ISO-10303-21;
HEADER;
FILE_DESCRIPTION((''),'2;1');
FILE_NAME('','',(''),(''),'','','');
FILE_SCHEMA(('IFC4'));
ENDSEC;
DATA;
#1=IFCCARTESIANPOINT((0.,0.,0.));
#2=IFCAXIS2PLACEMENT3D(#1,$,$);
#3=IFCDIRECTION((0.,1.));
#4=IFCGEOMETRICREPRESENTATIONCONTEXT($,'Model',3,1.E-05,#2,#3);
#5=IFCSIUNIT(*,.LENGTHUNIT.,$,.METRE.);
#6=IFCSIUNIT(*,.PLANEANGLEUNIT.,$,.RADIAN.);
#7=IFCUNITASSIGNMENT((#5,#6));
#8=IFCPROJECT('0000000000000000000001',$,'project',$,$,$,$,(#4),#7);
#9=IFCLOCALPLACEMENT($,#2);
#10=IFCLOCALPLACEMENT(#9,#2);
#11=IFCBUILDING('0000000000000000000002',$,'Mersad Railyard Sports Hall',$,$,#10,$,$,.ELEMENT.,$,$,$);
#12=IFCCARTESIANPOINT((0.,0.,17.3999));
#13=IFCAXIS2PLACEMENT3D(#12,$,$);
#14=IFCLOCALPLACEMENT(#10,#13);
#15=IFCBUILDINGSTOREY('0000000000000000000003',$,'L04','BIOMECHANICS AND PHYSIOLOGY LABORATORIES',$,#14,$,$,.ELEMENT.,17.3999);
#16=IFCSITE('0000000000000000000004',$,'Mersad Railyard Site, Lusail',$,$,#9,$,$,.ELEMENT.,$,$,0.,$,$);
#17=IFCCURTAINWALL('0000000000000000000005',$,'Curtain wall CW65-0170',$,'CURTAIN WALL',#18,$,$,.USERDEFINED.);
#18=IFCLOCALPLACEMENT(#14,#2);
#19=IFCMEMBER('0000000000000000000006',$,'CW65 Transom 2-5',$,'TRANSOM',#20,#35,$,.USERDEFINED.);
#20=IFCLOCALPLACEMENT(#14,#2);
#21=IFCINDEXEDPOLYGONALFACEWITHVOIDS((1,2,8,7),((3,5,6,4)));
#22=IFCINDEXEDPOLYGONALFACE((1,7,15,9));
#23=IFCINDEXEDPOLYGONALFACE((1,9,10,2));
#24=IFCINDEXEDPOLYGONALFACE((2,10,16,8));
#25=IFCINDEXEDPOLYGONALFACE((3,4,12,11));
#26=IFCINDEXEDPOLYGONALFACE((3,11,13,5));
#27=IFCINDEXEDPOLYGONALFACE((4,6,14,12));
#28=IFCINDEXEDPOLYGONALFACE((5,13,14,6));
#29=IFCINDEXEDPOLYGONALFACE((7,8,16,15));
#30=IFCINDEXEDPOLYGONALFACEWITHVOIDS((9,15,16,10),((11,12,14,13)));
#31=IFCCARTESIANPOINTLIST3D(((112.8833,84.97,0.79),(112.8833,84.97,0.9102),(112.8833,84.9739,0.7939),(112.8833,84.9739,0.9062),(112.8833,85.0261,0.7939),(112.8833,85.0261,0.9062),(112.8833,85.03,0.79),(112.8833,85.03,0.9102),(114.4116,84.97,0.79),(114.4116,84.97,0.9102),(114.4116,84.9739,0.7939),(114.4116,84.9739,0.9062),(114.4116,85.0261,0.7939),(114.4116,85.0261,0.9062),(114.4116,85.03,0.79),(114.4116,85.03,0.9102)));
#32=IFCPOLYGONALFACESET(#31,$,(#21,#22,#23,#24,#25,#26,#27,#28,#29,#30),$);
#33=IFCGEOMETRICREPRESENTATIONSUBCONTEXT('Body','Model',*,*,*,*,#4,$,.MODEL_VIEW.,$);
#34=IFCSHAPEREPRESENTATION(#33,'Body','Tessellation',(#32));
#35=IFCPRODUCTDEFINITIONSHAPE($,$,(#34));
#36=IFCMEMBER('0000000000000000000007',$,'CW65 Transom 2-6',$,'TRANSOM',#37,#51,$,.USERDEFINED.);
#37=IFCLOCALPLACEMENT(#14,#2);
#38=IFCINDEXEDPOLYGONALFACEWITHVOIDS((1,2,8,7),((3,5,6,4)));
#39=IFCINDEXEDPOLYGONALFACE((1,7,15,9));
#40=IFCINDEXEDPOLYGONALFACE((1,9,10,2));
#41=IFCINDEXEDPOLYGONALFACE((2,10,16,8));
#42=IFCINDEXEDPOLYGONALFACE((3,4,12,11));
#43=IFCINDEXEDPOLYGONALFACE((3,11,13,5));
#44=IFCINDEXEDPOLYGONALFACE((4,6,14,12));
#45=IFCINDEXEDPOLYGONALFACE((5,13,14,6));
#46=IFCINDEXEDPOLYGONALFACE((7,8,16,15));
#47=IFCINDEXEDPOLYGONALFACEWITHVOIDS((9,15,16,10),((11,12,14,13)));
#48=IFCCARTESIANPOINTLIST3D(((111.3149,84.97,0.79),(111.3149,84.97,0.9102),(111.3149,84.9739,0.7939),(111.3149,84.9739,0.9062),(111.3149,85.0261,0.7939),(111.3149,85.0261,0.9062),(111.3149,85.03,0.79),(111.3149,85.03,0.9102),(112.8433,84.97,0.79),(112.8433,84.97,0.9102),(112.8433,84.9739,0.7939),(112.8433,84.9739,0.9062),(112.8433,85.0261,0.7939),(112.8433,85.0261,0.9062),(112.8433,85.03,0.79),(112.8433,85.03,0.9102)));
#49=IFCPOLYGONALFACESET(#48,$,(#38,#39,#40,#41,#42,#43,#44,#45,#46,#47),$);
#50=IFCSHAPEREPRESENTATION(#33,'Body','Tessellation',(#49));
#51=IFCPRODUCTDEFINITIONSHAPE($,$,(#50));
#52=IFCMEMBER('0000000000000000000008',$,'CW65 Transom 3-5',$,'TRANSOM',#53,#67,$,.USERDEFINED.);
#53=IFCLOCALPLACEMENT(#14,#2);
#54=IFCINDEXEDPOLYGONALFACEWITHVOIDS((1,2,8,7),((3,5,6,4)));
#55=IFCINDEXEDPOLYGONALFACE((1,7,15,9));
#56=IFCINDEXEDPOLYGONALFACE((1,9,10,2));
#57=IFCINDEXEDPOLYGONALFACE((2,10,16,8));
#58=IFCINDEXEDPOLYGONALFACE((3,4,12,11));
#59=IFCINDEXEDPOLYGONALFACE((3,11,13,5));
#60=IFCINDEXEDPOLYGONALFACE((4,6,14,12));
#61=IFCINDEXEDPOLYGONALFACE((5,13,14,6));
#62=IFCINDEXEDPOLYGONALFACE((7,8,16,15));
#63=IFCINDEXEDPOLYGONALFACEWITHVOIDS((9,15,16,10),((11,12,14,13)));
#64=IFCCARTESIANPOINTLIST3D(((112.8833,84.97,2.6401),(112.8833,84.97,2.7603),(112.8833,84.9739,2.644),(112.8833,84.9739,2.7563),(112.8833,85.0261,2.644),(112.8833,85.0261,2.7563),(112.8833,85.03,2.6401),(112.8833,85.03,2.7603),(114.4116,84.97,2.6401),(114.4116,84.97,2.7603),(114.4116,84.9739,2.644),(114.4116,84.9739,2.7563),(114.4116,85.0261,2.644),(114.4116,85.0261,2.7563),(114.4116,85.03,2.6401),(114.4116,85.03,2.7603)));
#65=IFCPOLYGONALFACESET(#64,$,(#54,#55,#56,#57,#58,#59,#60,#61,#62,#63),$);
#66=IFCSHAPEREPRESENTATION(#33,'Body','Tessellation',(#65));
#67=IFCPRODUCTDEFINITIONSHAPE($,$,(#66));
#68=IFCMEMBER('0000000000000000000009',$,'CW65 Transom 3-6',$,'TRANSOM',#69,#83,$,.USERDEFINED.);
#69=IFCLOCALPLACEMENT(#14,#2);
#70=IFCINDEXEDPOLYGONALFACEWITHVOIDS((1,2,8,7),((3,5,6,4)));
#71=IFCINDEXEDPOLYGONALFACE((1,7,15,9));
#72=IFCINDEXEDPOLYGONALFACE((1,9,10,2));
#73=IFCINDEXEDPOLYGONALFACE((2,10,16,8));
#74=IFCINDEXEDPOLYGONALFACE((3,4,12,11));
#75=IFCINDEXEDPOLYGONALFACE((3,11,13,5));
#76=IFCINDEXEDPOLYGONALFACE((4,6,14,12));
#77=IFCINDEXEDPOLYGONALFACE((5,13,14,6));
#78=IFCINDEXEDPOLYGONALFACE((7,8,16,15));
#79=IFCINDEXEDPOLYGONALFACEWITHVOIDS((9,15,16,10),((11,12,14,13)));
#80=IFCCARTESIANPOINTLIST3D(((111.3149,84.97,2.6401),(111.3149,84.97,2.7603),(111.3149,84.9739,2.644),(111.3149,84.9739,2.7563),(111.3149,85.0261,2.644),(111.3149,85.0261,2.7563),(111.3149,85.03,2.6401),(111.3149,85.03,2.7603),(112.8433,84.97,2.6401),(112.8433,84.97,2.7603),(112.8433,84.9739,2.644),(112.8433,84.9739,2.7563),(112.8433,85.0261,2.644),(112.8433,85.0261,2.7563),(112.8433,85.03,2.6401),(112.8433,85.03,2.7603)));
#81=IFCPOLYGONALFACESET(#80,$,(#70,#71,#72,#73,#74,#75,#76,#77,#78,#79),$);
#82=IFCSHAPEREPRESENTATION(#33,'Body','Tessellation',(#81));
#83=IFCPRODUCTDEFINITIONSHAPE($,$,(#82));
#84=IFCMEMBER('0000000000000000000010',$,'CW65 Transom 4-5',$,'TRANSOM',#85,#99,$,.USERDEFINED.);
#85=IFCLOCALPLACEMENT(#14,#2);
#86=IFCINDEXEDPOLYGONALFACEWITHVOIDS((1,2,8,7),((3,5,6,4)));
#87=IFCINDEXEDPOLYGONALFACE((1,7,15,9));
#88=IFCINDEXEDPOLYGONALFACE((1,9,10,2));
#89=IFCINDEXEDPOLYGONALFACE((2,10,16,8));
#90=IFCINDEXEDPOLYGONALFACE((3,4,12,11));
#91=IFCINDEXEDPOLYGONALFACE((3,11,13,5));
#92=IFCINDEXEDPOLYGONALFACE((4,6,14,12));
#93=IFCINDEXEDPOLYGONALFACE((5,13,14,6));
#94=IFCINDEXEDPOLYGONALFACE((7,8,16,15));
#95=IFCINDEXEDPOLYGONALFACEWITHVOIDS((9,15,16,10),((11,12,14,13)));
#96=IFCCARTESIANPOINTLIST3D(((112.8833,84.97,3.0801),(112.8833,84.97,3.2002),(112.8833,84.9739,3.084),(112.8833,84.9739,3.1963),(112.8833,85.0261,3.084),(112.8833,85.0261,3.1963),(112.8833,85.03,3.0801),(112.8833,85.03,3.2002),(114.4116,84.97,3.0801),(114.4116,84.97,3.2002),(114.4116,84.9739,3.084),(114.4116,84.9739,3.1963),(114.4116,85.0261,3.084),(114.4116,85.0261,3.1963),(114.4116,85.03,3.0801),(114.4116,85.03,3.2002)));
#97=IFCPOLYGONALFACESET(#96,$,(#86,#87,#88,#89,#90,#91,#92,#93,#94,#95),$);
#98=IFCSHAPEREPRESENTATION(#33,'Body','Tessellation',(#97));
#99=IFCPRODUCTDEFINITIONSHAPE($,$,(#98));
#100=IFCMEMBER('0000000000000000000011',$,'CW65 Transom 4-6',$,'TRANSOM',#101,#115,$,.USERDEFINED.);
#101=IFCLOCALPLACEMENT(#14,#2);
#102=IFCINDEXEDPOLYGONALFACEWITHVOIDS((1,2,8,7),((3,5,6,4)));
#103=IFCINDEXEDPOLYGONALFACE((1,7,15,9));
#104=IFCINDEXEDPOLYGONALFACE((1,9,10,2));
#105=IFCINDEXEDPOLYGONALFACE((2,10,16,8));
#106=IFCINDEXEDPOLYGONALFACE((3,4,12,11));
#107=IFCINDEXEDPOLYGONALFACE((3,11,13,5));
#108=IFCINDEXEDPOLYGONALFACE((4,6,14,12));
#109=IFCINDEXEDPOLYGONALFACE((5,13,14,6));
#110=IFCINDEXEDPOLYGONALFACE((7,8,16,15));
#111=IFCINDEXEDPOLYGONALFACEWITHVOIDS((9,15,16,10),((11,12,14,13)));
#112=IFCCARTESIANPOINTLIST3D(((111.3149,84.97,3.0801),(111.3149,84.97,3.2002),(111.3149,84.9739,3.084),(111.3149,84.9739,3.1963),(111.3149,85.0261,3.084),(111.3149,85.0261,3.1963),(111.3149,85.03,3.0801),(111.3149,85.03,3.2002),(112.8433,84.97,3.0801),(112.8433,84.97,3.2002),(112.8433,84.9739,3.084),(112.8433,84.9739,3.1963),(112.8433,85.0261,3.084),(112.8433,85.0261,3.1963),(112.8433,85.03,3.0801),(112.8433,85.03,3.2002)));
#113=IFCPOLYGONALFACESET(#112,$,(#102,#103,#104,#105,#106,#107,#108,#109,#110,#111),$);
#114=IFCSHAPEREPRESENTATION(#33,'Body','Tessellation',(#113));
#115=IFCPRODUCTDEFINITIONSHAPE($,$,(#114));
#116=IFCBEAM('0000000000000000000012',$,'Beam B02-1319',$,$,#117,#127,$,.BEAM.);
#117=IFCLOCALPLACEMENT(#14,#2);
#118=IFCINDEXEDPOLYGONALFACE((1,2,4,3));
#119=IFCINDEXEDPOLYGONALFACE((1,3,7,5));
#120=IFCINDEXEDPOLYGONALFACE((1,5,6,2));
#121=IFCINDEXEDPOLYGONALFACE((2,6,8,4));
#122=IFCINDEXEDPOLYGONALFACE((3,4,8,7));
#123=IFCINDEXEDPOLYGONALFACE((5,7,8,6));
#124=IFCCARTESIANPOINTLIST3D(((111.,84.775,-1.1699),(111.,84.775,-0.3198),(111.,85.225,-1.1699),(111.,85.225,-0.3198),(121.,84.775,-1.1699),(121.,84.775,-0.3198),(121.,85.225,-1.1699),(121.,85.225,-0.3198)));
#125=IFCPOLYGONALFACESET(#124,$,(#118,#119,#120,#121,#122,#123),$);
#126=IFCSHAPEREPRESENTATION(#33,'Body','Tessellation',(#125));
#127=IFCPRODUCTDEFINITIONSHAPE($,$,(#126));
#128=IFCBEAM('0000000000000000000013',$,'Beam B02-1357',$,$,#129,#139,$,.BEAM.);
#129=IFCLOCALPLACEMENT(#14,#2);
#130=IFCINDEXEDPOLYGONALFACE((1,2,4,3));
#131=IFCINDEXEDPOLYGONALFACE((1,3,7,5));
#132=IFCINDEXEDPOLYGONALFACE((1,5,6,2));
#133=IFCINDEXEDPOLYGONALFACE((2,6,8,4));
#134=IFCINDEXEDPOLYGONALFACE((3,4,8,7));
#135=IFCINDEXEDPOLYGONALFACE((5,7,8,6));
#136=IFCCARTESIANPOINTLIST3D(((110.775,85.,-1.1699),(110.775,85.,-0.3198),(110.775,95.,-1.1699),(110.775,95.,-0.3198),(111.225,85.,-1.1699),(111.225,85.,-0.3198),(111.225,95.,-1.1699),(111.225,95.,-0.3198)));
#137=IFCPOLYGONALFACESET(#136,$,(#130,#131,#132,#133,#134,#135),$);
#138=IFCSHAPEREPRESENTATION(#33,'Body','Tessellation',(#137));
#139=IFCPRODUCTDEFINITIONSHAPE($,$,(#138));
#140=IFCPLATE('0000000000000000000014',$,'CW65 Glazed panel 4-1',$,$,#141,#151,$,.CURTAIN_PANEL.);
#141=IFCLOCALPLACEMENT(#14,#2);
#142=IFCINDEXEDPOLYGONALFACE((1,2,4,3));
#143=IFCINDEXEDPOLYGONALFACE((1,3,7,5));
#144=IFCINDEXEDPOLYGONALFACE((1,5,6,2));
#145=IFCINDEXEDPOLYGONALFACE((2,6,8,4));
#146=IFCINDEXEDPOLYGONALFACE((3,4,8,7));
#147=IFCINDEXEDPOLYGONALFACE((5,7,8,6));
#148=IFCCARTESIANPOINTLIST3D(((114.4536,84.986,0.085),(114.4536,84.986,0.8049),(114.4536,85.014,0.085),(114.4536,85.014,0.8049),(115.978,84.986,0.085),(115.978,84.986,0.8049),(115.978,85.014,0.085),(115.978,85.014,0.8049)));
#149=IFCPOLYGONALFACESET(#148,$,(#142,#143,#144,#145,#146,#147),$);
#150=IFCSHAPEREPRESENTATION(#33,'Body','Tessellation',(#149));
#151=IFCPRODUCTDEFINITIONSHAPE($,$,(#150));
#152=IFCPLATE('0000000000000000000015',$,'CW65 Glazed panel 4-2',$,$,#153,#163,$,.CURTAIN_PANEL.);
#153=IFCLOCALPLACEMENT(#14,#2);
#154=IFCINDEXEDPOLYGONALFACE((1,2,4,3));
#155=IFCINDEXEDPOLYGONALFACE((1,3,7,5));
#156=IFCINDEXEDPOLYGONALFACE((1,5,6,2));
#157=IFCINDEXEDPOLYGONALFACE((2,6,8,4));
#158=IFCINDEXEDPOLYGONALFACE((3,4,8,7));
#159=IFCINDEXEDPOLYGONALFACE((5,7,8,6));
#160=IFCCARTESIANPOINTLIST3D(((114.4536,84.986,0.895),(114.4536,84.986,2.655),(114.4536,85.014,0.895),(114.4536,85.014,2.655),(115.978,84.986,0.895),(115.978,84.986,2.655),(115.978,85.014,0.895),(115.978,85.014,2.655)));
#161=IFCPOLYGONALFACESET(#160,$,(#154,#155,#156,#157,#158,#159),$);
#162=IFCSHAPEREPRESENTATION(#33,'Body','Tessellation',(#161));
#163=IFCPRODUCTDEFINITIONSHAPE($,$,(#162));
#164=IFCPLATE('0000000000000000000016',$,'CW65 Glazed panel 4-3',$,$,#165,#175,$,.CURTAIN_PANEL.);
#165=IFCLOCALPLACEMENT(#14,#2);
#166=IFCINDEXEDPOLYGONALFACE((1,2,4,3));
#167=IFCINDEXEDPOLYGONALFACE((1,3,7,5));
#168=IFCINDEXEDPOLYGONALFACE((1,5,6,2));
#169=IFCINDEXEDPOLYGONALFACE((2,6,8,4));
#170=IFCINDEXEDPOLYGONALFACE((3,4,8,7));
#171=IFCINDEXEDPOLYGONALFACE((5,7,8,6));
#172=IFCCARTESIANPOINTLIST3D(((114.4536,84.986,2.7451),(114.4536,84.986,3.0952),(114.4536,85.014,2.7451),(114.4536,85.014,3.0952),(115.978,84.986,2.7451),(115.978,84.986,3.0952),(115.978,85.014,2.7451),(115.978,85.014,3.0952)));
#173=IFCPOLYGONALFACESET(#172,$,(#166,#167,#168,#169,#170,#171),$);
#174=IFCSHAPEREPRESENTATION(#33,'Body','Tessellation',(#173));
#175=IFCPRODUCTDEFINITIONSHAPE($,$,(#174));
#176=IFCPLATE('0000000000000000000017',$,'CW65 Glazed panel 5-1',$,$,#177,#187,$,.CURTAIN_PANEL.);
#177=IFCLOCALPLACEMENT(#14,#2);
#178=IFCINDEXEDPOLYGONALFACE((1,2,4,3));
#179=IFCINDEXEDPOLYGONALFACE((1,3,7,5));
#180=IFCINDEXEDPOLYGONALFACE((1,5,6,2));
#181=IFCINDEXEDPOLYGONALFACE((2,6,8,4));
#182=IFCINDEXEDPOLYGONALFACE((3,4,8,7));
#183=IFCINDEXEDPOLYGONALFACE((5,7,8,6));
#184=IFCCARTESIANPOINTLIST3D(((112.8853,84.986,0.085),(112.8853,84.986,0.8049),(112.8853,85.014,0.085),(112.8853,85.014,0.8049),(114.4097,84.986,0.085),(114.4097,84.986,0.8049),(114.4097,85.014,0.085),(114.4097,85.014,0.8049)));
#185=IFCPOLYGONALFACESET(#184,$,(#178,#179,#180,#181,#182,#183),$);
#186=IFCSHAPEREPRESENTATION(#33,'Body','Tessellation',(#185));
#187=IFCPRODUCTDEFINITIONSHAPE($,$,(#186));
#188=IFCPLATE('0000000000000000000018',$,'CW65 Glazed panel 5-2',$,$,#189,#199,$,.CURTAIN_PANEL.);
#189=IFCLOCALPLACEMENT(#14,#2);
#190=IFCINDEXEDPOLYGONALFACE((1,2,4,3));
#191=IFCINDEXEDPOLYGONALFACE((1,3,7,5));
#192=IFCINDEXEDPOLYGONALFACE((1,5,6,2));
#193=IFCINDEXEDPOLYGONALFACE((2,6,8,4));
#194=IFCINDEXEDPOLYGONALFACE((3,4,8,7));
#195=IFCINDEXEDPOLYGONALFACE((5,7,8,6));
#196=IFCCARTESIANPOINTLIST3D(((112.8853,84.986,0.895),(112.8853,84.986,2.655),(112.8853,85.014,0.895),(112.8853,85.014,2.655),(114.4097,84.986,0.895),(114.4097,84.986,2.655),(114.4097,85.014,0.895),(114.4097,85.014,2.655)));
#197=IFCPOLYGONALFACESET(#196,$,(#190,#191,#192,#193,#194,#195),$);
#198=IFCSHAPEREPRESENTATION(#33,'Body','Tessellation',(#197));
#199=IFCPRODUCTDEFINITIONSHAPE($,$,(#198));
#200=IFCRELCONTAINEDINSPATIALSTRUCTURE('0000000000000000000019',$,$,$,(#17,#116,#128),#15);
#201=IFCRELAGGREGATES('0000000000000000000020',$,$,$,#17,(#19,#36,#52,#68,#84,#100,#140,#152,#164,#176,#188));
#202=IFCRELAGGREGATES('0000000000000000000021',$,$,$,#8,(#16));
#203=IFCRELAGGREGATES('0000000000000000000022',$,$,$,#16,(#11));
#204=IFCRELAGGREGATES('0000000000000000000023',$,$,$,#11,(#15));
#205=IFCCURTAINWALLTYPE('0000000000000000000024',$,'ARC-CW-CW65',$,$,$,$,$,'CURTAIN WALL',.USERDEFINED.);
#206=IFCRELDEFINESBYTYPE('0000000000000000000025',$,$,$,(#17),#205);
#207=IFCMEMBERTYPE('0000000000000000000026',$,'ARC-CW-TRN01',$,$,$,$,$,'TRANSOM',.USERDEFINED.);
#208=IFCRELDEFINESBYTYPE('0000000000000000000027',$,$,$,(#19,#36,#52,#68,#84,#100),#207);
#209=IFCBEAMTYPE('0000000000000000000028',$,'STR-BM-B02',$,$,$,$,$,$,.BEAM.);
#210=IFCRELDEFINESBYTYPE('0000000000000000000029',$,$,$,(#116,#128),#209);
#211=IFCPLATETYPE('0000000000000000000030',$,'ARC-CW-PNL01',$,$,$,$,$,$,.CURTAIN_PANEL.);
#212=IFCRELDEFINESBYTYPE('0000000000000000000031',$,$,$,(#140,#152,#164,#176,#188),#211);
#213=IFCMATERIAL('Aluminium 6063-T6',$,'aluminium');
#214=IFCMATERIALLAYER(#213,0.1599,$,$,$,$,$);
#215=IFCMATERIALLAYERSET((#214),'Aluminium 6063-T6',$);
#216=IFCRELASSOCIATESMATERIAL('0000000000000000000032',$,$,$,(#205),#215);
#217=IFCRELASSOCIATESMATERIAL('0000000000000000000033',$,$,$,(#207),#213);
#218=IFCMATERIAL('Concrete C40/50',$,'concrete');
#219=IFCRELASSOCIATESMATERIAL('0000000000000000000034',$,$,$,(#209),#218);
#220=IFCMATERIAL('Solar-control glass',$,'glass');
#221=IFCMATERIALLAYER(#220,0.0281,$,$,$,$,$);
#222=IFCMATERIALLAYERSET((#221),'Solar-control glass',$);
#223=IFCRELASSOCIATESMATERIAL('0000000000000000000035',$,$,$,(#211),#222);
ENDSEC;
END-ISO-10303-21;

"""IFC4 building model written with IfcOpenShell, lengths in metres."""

from ifc_helpers import new_model, si_unit, direction, frame, origin, origin_2d, place, context, subcontext, project, spatial, rectangle, hollow_rectangle, extrude, material, layer, layer_set, material_profile, profile_set, type_object, element, aggregate, save


model = new_model("IFC4")

# Units and contexts
model_context = context("Model", 3, precision=1e-05, world=origin(), true_north=direction((0.0, 1.0)))
body_context = subcontext(model_context, "Body", "Model", "MODEL_VIEW")
ifc_project = project(units=[si_unit("LENGTHUNIT", "METRE"), si_unit("PLANEANGLEUNIT", "RADIAN")], contexts=[model_context])

# Site, building, storey
site_placement = place(None, origin())
site = spatial("IfcSite", under=ifc_project, at=site_placement, Name="Mersad Railyard Site, Lusail", CompositionType="ELEMENT", RefElevation=0.0)
building_placement = place(site_placement, origin())
building = spatial("IfcBuilding", under=site, at=building_placement, Name="Mersad Railyard Sports Hall", CompositionType="ELEMENT")
storey_placement = place(building_placement, frame((0.0, 0.0, 17.3999)))
storey = spatial("IfcBuildingStorey", under=building, at=storey_placement, Name="L04", Description="BIOMECHANICS AND PHYSIOLOGY LABORATORIES", CompositionType="ELEMENT", Elevation=17.3999)

# Shared definitions
ifc_material_1 = material(Name="Concrete C40/50", Category="concrete")

# Shared definitions
ifc_material_2 = material(Name="Aluminium 6063-T6", Category="aluminium")
ifc_layer_1 = layer(ifc_material_2, 0.1599)
ifc_layer_set_1 = layer_set([ifc_layer_1], Name="Aluminium 6063-T6")
curtain_wall_type = type_object("IfcCurtainWallType", Name="ARC-CW-CW65", ElementType="CURTAIN WALL", PredefinedType="USERDEFINED", material=ifc_layer_set_1)

# Curtain wall
curtain_wall_1_placement = place(storey_placement, origin())
curtain_wall_1 = element("IfcCurtainWall", 1, at=curtain_wall_1_placement, inside=storey, type_object=curtain_wall_type, Name="Curtain wall CW65-0170", ObjectType="CURTAIN WALL", PredefinedType="USERDEFINED")

# Members
ifc_material_profile_1 = material_profile(ifc_material_2, hollow_rectangle(XDim=0.0601, YDim=0.1201, WallThickness=0.0039, at=origin_2d()), Name="AL TRANSOM 60x120x4")
ifc_profile_set_1 = profile_set([ifc_material_profile_1], Name="Aluminium 6063-T6")
member_type_1 = type_object("IfcMemberType", Name="ARC-CW-TRN01", ElementType="TRANSOM", PredefinedType="USERDEFINED", material=ifc_profile_set_1)
member_1_placement = place(storey_placement, frame((114.4116, 85.0, 0.8501), z_axis=(-1.0, 0.0, 0.0), x_axis=(0.0, -1.0, 0.0)))
member_1 = element("IfcMember", 2, at=member_1_placement, type_object=member_type_1, Name="CW65 Transom 2-5", ObjectType="TRANSOM", PredefinedType="USERDEFINED", context=body_context, shape_type="SweptSolid", body=[
    extrude(hollow_rectangle(XDim=0.0601, YDim=0.1201, WallThickness=0.0039, at=origin_2d()), origin(), (0.0, 0.0, 1.0), 1.5283),
])
member_2_placement = place(storey_placement, frame((112.8433, 85.0, 0.8501), z_axis=(-1.0, 0.0, 0.0), x_axis=(0.0, -1.0, 0.0)))
member_2 = element("IfcMember", 3, at=member_2_placement, type_object=member_type_1, Name="CW65 Transom 2-6", ObjectType="TRANSOM", PredefinedType="USERDEFINED", context=body_context, shape_type="SweptSolid", body=[
    extrude(hollow_rectangle(XDim=0.0601, YDim=0.1201, WallThickness=0.0039, at=origin_2d()), origin(), (0.0, 0.0, 1.0), 1.5283),
])
member_3_placement = place(storey_placement, frame((114.4116, 85.0, 2.7002), z_axis=(-1.0, 0.0, 0.0), x_axis=(0.0, -1.0, 0.0)))
member_3 = element("IfcMember", 4, at=member_3_placement, type_object=member_type_1, Name="CW65 Transom 3-5", ObjectType="TRANSOM", PredefinedType="USERDEFINED", context=body_context, shape_type="SweptSolid", body=[
    extrude(hollow_rectangle(XDim=0.0601, YDim=0.1201, WallThickness=0.0039, at=origin_2d()), origin(), (0.0, 0.0, 1.0), 1.5283),
])
member_4_placement = place(storey_placement, frame((112.8433, 85.0, 2.7002), z_axis=(-1.0, 0.0, 0.0), x_axis=(0.0, -1.0, 0.0)))
member_4 = element("IfcMember", 5, at=member_4_placement, type_object=member_type_1, Name="CW65 Transom 3-6", ObjectType="TRANSOM", PredefinedType="USERDEFINED", context=body_context, shape_type="SweptSolid", body=[
    extrude(hollow_rectangle(XDim=0.0601, YDim=0.1201, WallThickness=0.0039, at=origin_2d()), origin(), (0.0, 0.0, 1.0), 1.5283),
])
member_5_placement = place(storey_placement, frame((114.4116, 85.0, 3.1401), z_axis=(-1.0, 0.0, 0.0), x_axis=(0.0, -1.0, 0.0)))
member_5 = element("IfcMember", 6, at=member_5_placement, type_object=member_type_1, Name="CW65 Transom 4-5", ObjectType="TRANSOM", PredefinedType="USERDEFINED", context=body_context, shape_type="SweptSolid", body=[
    extrude(hollow_rectangle(XDim=0.0601, YDim=0.1201, WallThickness=0.0039, at=origin_2d()), origin(), (0.0, 0.0, 1.0), 1.5283),
])
member_6_placement = place(storey_placement, frame((112.8433, 85.0, 3.1401), z_axis=(-1.0, 0.0, 0.0), x_axis=(0.0, -1.0, 0.0)))
member_6 = element("IfcMember", 7, at=member_6_placement, type_object=member_type_1, Name="CW65 Transom 4-6", ObjectType="TRANSOM", PredefinedType="USERDEFINED", context=body_context, shape_type="SweptSolid", body=[
    extrude(hollow_rectangle(XDim=0.0601, YDim=0.1201, WallThickness=0.0039, at=origin_2d()), origin(), (0.0, 0.0, 1.0), 1.5283),
])

# Beams
ifc_material_profile_2 = material_profile(ifc_material_1, rectangle(XDim=0.45, YDim=0.8501, at=origin_2d()), Name="RC 450x850")
ifc_profile_set_2 = profile_set([ifc_material_profile_2], Name="Concrete C40/50")
beam_type = type_object("IfcBeamType", Name="STR-BM-B02", PredefinedType="BEAM", material=ifc_profile_set_2)
for number, where, z_axis, x_axis, name in (
    (8, (111.0, 85.0, -0.7449), (1.0, 0.0, 0.0), (0.0, 1.0, 0.0), "Beam B02-1319"),
    (9, (111.0, 85.0, -0.7449), (0.0, 1.0, 0.0), (-1.0, 0.0, 0.0), "Beam B02-1357"),
):
    element("IfcBeam", number, at=place(storey_placement, frame(where, z_axis=z_axis, x_axis=x_axis)), inside=storey, type_object=beam_type, Name=name, PredefinedType="BEAM", context=body_context, shape_type="SweptSolid", body=[
        extrude(rectangle(XDim=0.45, YDim=0.8501, at=origin_2d()), origin(), (0.0, 0.0, 1.0), 10.0),
    ])

# Plates
ifc_material_3 = material(Name="Solar-control glass", Category="glass")
ifc_layer_2 = layer(ifc_material_3, 0.0281)
ifc_layer_set_2 = layer_set([ifc_layer_2], Name="Solar-control glass")
plate_type = type_object("IfcPlateType", Name="ARC-CW-PNL01", PredefinedType="CURTAIN_PANEL", material=ifc_layer_set_2)
plate_1_placement = place(storey_placement, frame((115.2158, 85.0, 0.085), z_axis=(0.0, 0.0, 1.0), x_axis=(-1.0, 0.0, 0.0)))
plate_1 = element("IfcPlate", 10, at=plate_1_placement, type_object=plate_type, Name="CW65 Glazed panel 4-1", PredefinedType="CURTAIN_PANEL", context=body_context, shape_type="SweptSolid", body=[
    extrude(rectangle(XDim=1.5244, YDim=0.0281, at=origin_2d()), origin(), (0.0, 0.0, 1.0), 0.72),
])
plate_2_placement = place(storey_placement, frame((115.2158, 85.0, 0.895), z_axis=(0.0, 0.0, 1.0), x_axis=(-1.0, 0.0, 0.0)))
plate_2 = element("IfcPlate", 11, at=plate_2_placement, type_object=plate_type, Name="CW65 Glazed panel 4-2", PredefinedType="CURTAIN_PANEL", context=body_context, shape_type="SweptSolid", body=[
    extrude(rectangle(XDim=1.5244, YDim=0.0281, at=origin_2d()), origin(), (0.0, 0.0, 1.0), 1.76),
])
plate_3_placement = place(storey_placement, frame((115.2158, 85.0, 2.7451), z_axis=(0.0, 0.0, 1.0), x_axis=(-1.0, 0.0, 0.0)))
plate_3 = element("IfcPlate", 12, at=plate_3_placement, type_object=plate_type, Name="CW65 Glazed panel 4-3", PredefinedType="CURTAIN_PANEL", context=body_context, shape_type="SweptSolid", body=[
    extrude(rectangle(XDim=1.5244, YDim=0.0281, at=origin_2d()), origin(), (0.0, 0.0, 1.0), 0.3501),
])
plate_4_placement = place(storey_placement, frame((113.6475, 85.0, 0.085), z_axis=(0.0, 0.0, 1.0), x_axis=(-1.0, 0.0, 0.0)))
plate_4 = element("IfcPlate", 13, at=plate_4_placement, type_object=plate_type, Name="CW65 Glazed panel 5-1", PredefinedType="CURTAIN_PANEL", context=body_context, shape_type="SweptSolid", body=[
    extrude(rectangle(XDim=1.5244, YDim=0.0281, at=origin_2d()), origin(), (0.0, 0.0, 1.0), 0.72),
])
plate_5_placement = place(storey_placement, frame((113.6475, 85.0, 0.895), z_axis=(0.0, 0.0, 1.0), x_axis=(-1.0, 0.0, 0.0)))
plate_5 = element("IfcPlate", 14, at=plate_5_placement, type_object=plate_type, Name="CW65 Glazed panel 5-2", PredefinedType="CURTAIN_PANEL", context=body_context, shape_type="SweptSolid", body=[
    extrude(rectangle(XDim=1.5244, YDim=0.0281, at=origin_2d()), origin(), (0.0, 0.0, 1.0), 1.76),
])
aggregate(curtain_wall_1, [member_1, member_2, member_3, member_4, member_5, member_6, plate_1, plate_2, plate_3, plate_4, plate_5])

save(model, "model.ifc")
